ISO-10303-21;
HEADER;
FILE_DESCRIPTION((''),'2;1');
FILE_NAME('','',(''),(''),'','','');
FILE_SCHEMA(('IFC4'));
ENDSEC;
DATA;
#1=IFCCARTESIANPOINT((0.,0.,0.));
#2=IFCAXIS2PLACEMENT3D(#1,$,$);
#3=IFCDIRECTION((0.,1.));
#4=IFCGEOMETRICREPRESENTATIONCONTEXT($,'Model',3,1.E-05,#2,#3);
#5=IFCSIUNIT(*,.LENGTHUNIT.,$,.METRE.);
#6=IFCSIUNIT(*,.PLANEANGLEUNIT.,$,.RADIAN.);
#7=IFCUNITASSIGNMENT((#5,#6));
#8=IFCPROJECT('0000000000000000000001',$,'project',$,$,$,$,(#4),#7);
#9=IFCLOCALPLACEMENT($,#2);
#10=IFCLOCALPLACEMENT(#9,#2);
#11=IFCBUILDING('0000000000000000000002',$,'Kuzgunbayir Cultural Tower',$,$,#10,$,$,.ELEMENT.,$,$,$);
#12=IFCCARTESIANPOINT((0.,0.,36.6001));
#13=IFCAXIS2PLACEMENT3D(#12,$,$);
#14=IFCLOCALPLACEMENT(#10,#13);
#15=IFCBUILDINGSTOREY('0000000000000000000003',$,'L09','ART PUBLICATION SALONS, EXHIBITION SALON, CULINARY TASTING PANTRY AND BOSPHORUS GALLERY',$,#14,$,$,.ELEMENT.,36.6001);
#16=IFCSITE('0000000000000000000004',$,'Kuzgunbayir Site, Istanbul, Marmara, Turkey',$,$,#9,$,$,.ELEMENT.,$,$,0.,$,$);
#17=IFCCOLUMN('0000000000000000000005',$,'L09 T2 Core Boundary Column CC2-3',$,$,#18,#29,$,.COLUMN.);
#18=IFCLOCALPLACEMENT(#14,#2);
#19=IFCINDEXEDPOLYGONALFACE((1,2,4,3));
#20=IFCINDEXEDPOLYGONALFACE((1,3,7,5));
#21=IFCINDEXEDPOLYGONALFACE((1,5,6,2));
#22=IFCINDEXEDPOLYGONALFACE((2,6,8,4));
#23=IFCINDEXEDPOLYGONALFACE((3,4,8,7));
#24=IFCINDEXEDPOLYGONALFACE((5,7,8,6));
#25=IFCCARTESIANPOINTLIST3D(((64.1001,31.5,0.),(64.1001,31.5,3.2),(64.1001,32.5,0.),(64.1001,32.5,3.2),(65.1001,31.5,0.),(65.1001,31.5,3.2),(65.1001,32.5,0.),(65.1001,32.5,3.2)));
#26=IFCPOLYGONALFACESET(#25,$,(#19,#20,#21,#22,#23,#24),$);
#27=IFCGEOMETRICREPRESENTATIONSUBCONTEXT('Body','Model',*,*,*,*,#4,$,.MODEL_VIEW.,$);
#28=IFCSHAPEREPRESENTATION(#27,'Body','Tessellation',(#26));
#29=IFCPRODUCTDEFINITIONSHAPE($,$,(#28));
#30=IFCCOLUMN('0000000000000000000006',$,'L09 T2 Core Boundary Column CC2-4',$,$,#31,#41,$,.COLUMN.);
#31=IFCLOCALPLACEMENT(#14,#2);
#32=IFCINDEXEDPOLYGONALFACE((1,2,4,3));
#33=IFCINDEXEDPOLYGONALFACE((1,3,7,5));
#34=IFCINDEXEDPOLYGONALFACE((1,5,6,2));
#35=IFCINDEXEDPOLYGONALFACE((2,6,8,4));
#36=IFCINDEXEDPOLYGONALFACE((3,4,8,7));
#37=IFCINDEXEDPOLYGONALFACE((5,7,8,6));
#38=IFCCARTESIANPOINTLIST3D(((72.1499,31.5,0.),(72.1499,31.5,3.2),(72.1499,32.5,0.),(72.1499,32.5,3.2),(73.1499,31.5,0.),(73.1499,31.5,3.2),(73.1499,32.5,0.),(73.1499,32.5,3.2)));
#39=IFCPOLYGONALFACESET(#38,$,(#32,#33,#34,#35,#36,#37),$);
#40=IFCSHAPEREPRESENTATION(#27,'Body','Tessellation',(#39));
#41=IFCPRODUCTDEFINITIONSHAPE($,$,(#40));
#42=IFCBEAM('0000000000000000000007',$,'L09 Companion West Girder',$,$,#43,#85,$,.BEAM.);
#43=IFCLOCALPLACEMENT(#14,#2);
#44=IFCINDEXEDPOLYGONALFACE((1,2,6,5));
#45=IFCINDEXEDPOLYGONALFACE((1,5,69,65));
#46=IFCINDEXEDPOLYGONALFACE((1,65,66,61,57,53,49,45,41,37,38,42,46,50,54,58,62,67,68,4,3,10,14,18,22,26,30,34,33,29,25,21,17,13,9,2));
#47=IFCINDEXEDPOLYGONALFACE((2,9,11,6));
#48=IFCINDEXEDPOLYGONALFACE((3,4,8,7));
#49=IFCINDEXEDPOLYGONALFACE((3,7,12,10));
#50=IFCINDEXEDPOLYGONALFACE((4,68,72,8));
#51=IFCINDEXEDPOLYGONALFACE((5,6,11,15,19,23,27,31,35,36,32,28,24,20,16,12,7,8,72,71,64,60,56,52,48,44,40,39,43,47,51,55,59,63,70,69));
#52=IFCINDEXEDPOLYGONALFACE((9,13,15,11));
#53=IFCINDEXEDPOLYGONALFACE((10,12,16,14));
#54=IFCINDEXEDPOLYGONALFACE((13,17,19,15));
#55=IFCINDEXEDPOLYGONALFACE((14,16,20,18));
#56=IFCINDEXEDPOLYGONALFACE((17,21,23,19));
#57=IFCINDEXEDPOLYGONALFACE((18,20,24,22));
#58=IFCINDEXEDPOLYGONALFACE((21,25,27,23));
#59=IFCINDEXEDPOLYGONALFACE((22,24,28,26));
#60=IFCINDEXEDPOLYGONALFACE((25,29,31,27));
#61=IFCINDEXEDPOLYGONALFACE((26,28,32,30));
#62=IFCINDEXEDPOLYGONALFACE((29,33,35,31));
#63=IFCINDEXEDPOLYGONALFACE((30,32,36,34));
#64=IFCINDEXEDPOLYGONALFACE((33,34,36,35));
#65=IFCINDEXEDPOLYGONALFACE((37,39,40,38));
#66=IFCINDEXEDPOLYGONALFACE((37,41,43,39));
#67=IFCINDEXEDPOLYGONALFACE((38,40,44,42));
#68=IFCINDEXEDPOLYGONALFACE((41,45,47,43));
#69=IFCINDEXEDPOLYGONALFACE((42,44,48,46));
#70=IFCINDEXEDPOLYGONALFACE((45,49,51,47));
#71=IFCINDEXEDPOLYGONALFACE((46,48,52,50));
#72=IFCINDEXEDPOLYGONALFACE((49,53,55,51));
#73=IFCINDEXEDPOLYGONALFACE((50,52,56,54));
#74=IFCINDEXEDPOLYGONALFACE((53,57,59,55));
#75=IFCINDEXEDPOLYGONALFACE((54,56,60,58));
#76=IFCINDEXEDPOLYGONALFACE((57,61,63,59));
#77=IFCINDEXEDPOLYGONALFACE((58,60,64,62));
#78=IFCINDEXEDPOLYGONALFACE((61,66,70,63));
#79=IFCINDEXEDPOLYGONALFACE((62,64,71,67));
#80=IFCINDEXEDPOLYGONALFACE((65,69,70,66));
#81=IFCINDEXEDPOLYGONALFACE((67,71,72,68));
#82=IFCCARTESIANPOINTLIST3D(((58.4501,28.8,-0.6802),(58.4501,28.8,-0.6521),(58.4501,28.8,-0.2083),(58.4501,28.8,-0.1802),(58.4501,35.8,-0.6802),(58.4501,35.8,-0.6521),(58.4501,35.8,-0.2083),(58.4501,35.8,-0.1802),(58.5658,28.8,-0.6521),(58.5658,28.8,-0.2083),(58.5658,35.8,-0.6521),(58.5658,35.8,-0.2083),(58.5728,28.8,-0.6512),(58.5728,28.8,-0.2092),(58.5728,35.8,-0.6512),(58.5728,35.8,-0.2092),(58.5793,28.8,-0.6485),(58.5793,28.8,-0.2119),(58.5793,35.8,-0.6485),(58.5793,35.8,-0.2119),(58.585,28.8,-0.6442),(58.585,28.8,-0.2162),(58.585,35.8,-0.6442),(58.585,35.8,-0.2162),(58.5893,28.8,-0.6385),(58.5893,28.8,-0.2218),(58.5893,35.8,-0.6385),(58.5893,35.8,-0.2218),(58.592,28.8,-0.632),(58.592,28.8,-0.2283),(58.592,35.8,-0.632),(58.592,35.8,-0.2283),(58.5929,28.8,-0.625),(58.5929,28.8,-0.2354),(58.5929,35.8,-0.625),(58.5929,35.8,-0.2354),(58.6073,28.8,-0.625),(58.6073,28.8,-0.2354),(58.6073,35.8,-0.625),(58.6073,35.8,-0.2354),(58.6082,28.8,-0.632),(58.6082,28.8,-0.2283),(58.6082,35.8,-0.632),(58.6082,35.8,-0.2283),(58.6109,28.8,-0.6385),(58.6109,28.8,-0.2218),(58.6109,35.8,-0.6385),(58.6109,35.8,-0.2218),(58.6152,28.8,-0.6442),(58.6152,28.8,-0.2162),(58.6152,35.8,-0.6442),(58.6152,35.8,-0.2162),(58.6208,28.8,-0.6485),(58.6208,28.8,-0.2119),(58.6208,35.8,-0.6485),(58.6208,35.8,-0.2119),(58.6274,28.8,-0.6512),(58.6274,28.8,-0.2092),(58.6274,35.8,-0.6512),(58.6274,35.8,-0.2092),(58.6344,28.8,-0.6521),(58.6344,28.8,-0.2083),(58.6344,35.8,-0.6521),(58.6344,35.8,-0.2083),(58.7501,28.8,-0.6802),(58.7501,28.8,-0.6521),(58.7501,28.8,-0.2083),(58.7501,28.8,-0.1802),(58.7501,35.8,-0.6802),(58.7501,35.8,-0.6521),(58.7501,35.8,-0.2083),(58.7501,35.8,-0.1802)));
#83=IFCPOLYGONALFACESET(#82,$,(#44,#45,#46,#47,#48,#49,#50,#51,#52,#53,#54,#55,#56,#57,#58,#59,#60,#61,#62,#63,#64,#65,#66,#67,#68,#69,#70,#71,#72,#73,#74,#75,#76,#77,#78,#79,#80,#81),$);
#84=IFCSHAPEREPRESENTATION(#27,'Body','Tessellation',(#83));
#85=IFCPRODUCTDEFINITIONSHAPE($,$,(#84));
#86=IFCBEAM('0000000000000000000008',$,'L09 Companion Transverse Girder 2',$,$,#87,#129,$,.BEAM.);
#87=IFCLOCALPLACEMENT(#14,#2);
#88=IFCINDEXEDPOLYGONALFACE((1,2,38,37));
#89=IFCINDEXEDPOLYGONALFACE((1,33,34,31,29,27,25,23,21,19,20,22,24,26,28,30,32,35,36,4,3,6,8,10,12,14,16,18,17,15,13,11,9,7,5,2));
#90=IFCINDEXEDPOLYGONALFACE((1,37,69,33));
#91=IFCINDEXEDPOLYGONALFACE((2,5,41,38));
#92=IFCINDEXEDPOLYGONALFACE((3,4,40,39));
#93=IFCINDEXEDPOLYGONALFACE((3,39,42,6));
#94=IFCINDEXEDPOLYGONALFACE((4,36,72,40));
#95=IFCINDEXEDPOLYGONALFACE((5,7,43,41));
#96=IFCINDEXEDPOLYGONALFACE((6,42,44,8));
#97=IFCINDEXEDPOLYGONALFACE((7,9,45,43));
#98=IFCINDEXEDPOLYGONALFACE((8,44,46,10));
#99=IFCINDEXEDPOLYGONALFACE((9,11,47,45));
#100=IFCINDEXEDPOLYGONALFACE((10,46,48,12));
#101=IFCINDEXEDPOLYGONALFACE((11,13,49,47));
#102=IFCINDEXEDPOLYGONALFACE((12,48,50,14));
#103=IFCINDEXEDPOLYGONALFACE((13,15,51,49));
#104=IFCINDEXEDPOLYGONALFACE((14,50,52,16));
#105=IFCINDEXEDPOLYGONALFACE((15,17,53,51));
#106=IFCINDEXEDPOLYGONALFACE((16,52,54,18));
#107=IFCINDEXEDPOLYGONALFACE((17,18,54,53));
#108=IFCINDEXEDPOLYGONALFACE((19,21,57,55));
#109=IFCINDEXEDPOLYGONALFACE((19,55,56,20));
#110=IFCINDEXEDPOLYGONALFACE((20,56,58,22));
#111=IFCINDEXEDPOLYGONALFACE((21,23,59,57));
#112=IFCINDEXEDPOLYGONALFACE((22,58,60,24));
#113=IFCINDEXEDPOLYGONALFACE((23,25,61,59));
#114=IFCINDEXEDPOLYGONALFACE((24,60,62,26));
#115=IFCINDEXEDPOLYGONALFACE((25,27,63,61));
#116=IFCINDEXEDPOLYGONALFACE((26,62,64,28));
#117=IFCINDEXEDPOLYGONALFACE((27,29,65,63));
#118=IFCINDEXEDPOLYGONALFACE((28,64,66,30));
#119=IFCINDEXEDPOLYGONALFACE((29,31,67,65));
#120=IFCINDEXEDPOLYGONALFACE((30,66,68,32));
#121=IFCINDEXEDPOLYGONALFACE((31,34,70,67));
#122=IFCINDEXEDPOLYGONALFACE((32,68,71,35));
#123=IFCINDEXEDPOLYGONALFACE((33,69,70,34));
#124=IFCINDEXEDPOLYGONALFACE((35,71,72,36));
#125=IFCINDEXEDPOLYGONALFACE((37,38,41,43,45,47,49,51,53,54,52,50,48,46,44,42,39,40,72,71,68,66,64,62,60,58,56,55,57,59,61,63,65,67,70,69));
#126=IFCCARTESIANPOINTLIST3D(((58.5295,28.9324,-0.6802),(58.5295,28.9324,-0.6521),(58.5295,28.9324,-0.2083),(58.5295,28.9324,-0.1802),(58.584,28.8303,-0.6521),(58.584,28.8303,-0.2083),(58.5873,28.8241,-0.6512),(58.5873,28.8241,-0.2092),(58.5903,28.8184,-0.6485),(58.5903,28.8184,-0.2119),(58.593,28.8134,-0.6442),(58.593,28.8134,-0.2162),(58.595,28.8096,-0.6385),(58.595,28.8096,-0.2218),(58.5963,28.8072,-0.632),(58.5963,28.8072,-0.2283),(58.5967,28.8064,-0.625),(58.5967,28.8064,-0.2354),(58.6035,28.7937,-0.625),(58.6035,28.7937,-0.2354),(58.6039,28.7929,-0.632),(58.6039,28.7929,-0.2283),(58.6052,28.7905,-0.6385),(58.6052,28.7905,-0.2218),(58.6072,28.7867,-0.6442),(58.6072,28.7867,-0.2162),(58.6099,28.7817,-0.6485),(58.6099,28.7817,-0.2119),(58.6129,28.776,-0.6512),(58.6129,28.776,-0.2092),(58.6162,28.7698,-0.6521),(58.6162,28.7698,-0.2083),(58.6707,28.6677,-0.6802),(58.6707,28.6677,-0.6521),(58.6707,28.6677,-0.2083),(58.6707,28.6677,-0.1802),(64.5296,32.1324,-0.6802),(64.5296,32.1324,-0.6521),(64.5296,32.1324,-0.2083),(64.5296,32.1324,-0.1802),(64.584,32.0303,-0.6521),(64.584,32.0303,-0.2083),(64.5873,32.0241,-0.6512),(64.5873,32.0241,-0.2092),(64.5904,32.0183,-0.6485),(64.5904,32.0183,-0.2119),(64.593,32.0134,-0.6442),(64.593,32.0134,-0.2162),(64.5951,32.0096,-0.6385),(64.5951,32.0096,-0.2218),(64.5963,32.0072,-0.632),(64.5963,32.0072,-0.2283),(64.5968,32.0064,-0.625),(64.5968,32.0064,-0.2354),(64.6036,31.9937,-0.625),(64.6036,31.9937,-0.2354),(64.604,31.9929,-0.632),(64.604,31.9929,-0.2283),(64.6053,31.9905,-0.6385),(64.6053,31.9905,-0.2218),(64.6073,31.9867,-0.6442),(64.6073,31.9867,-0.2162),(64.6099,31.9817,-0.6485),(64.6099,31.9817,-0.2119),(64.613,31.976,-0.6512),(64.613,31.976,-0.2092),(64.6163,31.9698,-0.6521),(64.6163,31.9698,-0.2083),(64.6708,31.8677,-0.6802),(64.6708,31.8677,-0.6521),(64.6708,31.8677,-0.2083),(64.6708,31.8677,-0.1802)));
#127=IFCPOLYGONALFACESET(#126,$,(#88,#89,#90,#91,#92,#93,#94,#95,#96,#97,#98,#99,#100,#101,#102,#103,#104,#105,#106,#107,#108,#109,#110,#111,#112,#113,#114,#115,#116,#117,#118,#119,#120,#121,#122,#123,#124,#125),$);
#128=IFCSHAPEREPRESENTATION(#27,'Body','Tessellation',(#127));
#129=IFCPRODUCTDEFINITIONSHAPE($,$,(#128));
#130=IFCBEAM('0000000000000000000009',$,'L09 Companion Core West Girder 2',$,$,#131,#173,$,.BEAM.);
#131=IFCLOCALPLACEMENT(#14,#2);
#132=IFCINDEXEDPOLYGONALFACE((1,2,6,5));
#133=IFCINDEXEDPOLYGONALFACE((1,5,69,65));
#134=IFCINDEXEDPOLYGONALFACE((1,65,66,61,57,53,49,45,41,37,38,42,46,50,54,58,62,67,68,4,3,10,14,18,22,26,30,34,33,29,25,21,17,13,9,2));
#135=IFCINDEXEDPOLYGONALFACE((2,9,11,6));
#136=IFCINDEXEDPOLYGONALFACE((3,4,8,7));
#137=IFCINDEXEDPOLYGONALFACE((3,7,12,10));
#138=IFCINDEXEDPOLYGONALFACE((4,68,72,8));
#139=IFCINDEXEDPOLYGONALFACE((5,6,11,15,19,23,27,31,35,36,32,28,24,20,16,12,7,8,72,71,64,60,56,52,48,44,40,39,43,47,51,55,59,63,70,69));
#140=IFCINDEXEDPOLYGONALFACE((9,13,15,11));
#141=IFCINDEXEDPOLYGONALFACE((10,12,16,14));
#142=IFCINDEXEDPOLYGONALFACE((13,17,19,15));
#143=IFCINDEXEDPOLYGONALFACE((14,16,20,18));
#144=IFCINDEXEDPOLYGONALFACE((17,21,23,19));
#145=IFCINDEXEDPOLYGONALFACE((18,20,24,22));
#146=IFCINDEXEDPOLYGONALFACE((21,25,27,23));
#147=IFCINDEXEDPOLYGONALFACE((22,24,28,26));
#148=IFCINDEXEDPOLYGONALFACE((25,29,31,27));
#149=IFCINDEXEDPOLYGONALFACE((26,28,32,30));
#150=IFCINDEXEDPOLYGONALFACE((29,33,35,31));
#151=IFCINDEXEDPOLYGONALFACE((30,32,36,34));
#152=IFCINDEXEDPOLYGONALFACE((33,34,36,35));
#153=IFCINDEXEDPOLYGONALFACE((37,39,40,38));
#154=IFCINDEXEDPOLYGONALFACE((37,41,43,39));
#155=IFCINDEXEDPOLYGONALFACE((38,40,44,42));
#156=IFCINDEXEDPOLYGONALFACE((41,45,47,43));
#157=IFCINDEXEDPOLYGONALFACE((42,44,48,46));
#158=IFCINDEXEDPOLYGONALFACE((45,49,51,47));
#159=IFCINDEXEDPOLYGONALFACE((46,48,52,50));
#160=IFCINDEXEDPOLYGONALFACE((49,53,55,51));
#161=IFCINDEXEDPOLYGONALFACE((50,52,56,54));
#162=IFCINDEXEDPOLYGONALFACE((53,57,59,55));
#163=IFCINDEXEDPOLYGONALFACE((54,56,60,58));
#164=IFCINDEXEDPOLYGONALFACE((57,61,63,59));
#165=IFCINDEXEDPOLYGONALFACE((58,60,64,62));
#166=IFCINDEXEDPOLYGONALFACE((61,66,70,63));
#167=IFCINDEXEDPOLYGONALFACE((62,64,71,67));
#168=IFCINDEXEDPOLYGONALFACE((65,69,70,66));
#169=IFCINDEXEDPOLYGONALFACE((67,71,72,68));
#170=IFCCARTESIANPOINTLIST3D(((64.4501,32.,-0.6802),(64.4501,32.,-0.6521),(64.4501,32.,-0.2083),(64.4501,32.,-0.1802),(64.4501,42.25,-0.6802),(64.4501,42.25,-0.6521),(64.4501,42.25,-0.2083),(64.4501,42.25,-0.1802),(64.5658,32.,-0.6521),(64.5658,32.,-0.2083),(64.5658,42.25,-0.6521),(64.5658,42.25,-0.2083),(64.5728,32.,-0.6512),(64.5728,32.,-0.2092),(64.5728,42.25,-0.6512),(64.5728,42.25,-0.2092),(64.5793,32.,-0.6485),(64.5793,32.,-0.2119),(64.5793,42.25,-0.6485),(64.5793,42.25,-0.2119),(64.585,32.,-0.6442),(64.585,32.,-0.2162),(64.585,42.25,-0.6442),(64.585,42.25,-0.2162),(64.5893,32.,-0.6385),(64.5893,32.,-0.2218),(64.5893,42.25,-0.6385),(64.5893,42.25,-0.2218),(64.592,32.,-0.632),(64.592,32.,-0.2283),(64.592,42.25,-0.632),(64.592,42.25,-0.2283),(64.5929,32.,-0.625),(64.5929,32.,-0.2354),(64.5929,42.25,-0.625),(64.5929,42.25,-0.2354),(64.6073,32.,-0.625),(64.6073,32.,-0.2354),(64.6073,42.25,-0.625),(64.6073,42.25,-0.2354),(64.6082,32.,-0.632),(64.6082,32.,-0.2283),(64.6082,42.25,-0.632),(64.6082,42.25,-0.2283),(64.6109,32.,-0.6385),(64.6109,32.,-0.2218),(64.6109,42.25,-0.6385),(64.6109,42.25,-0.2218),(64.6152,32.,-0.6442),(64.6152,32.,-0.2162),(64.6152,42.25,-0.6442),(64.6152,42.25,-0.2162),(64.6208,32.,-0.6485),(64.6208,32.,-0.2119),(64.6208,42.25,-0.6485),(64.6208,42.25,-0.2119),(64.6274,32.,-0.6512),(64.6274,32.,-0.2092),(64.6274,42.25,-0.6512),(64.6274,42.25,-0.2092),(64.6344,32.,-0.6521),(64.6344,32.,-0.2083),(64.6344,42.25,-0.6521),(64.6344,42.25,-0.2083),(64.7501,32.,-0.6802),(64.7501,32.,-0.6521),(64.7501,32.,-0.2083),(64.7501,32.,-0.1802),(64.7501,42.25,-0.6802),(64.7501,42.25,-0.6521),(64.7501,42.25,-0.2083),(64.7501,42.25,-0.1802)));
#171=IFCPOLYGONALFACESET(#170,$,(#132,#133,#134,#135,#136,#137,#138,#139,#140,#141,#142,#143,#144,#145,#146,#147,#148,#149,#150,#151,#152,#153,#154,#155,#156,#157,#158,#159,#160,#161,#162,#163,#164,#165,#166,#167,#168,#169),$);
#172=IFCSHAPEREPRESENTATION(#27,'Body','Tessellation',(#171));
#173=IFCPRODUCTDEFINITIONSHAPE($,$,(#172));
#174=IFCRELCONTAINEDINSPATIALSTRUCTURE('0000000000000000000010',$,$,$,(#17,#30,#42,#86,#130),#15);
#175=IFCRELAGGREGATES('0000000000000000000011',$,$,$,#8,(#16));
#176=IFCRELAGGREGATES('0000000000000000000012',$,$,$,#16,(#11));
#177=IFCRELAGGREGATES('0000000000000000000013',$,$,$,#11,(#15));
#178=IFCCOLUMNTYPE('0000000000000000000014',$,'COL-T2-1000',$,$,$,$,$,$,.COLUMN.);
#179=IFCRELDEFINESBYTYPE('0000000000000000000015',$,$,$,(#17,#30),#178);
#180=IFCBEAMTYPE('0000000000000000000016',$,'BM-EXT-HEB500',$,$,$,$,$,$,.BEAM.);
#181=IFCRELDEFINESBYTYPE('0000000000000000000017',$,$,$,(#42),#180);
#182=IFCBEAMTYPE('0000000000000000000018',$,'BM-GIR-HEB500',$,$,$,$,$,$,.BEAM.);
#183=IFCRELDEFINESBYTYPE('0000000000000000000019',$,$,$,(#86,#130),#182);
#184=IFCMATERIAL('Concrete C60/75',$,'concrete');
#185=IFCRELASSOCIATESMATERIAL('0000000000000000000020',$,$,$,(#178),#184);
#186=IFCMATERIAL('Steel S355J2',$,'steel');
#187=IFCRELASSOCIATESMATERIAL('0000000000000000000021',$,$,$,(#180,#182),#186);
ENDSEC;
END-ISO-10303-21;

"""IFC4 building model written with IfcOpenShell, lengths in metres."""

from ifc_helpers import new_model, si_unit, direction, frame, origin, origin_2d, place, context, subcontext, project, spatial, rectangle, i_section, extrude, material, material_profile, profile_set, type_object, element, save


model = new_model("IFC4")

# Units and contexts
model_context = context("Model", 3, precision=1e-05, world=origin(), true_north=direction((0.0, 1.0)))
body_context = subcontext(model_context, "Body", "Model", "MODEL_VIEW")
ifc_project = project(units=[si_unit("LENGTHUNIT", "METRE"), si_unit("PLANEANGLEUNIT", "RADIAN")], contexts=[model_context])

# Site, building, storey
site_placement = place(None, origin())
site = spatial("IfcSite", under=ifc_project, at=site_placement, Name="Kuzgunbayir Site, Istanbul, Marmara, Turkey", CompositionType="ELEMENT", RefElevation=0.0)
building_placement = place(site_placement, origin())
building = spatial("IfcBuilding", under=site, at=building_placement, Name="Kuzgunbayir Cultural Tower", CompositionType="ELEMENT")
storey_placement = place(building_placement, frame((0.0, 0.0, 36.6001)))
storey = spatial("IfcBuildingStorey", under=building, at=storey_placement, Name="L09", Description="ART PUBLICATION SALONS, EXHIBITION SALON, CULINARY TASTING PANTRY AND BOSPHORUS GALLERY", CompositionType="ELEMENT", Elevation=36.6001)

# Columns
ifc_material_1 = material(Name="Concrete C60/75", Category="concrete")
ifc_material_profile_1 = material_profile(ifc_material_1, rectangle(XDim=1.0, YDim=1.0, at=origin_2d()), Name="RC 1000x1000")
ifc_profile_set_1 = profile_set([ifc_material_profile_1], Name="Concrete C60/75")
column_type = type_object("IfcColumnType", Name="COL-T2-1000", PredefinedType="COLUMN", material=ifc_profile_set_1)
for number, where, z_axis, x_axis, name in (
    (1, (64.6001, 32.0, 0.0), (0.0, 0.0, 1.0), (1.0, 0.0, 0.0), "L09 T2 Core Boundary Column CC2-3"),
    (2, (72.6499, 32.0, 0.0), (0.0, 0.0, 1.0), (1.0, 0.0, 0.0), "L09 T2 Core Boundary Column CC2-4"),
):
    element("IfcColumn", number, at=place(storey_placement, frame(where, z_axis=z_axis, x_axis=x_axis)), inside=storey, type_object=column_type, Name=name, PredefinedType="COLUMN", context=body_context, shape_type="SweptSolid", body=[
        extrude(rectangle(XDim=1.0, YDim=1.0, at=origin_2d()), origin(), (0.0, 0.0, 1.0), 3.2),
    ])

# Beams
ifc_material_2 = material(Name="Steel S355J2", Category="steel")
ifc_material_profile_2 = material_profile(ifc_material_2, i_section(OverallWidth=0.3, OverallDepth=0.5, WebThickness=0.0144, FlangeThickness=0.0281, FilletRadius=0.0271, at=origin_2d()), Name="HEB 500")
ifc_profile_set_2 = profile_set([ifc_material_profile_2], Name="Steel S355J2")
beam_type_1 = type_object("IfcBeamType", Name="BM-EXT-HEB500", PredefinedType="BEAM", material=ifc_profile_set_2)
beam_1_placement = place(storey_placement, frame((58.6001, 28.8, -0.4302), z_axis=(0.0, 1.0, 0.0), x_axis=(-1.0, 0.0, 0.0)))
element("IfcBeam", 3, at=beam_1_placement, inside=storey, type_object=beam_type_1, Name="L09 Companion West Girder", PredefinedType="BEAM", context=body_context, shape_type="SweptSolid", body=[
    extrude(i_section(OverallWidth=0.3, OverallDepth=0.5, WebThickness=0.0144, FlangeThickness=0.0281, FilletRadius=0.0271, at=origin_2d()), origin(), (0.0, 0.0, 1.0), 7.0),
])
ifc_material_profile_3 = material_profile(ifc_material_2, i_section(OverallWidth=0.3, OverallDepth=0.5, WebThickness=0.0144, FlangeThickness=0.0281, FilletRadius=0.0271, at=origin_2d()), Name="HEB 500")
ifc_profile_set_3 = profile_set([ifc_material_profile_3], Name="Steel S355J2")
beam_type_2 = type_object("IfcBeamType", Name="BM-GIR-HEB500", PredefinedType="BEAM", material=ifc_profile_set_3)
beam_2_placement = place(storey_placement, frame((58.6001, 28.8, -0.4302), z_axis=(0.882356, 0.470583, 0.0), x_axis=(-0.470583, 0.882356, 0.0)))
element("IfcBeam", 4, at=beam_2_placement, inside=storey, type_object=beam_type_2, Name="L09 Companion Transverse Girder 2", PredefinedType="BEAM", context=body_context, shape_type="SweptSolid", body=[
    extrude(i_section(OverallWidth=0.3, OverallDepth=0.5, WebThickness=0.0144, FlangeThickness=0.0281, FilletRadius=0.0271, at=origin_2d()), origin(), (0.0, 0.0, 1.0), 6.8),
])
for number, where, z_axis, x_axis, name in (
    (5, (64.6001, 32.0, -0.4302), (0.0, 1.0, 0.0), (-1.0, 0.0, 0.0), "L09 Companion Core West Girder 2"),
):
    element("IfcBeam", number, at=place(storey_placement, frame(where, z_axis=z_axis, x_axis=x_axis)), inside=storey, type_object=beam_type_2, Name=name, PredefinedType="BEAM", context=body_context, shape_type="SweptSolid", body=[
        extrude(i_section(OverallWidth=0.3, OverallDepth=0.5, WebThickness=0.0144, FlangeThickness=0.0281, FilletRadius=0.0271, at=origin_2d()), origin(), (0.0, 0.0, 1.0), 10.25),
    ])

save(model, "model.ifc")
